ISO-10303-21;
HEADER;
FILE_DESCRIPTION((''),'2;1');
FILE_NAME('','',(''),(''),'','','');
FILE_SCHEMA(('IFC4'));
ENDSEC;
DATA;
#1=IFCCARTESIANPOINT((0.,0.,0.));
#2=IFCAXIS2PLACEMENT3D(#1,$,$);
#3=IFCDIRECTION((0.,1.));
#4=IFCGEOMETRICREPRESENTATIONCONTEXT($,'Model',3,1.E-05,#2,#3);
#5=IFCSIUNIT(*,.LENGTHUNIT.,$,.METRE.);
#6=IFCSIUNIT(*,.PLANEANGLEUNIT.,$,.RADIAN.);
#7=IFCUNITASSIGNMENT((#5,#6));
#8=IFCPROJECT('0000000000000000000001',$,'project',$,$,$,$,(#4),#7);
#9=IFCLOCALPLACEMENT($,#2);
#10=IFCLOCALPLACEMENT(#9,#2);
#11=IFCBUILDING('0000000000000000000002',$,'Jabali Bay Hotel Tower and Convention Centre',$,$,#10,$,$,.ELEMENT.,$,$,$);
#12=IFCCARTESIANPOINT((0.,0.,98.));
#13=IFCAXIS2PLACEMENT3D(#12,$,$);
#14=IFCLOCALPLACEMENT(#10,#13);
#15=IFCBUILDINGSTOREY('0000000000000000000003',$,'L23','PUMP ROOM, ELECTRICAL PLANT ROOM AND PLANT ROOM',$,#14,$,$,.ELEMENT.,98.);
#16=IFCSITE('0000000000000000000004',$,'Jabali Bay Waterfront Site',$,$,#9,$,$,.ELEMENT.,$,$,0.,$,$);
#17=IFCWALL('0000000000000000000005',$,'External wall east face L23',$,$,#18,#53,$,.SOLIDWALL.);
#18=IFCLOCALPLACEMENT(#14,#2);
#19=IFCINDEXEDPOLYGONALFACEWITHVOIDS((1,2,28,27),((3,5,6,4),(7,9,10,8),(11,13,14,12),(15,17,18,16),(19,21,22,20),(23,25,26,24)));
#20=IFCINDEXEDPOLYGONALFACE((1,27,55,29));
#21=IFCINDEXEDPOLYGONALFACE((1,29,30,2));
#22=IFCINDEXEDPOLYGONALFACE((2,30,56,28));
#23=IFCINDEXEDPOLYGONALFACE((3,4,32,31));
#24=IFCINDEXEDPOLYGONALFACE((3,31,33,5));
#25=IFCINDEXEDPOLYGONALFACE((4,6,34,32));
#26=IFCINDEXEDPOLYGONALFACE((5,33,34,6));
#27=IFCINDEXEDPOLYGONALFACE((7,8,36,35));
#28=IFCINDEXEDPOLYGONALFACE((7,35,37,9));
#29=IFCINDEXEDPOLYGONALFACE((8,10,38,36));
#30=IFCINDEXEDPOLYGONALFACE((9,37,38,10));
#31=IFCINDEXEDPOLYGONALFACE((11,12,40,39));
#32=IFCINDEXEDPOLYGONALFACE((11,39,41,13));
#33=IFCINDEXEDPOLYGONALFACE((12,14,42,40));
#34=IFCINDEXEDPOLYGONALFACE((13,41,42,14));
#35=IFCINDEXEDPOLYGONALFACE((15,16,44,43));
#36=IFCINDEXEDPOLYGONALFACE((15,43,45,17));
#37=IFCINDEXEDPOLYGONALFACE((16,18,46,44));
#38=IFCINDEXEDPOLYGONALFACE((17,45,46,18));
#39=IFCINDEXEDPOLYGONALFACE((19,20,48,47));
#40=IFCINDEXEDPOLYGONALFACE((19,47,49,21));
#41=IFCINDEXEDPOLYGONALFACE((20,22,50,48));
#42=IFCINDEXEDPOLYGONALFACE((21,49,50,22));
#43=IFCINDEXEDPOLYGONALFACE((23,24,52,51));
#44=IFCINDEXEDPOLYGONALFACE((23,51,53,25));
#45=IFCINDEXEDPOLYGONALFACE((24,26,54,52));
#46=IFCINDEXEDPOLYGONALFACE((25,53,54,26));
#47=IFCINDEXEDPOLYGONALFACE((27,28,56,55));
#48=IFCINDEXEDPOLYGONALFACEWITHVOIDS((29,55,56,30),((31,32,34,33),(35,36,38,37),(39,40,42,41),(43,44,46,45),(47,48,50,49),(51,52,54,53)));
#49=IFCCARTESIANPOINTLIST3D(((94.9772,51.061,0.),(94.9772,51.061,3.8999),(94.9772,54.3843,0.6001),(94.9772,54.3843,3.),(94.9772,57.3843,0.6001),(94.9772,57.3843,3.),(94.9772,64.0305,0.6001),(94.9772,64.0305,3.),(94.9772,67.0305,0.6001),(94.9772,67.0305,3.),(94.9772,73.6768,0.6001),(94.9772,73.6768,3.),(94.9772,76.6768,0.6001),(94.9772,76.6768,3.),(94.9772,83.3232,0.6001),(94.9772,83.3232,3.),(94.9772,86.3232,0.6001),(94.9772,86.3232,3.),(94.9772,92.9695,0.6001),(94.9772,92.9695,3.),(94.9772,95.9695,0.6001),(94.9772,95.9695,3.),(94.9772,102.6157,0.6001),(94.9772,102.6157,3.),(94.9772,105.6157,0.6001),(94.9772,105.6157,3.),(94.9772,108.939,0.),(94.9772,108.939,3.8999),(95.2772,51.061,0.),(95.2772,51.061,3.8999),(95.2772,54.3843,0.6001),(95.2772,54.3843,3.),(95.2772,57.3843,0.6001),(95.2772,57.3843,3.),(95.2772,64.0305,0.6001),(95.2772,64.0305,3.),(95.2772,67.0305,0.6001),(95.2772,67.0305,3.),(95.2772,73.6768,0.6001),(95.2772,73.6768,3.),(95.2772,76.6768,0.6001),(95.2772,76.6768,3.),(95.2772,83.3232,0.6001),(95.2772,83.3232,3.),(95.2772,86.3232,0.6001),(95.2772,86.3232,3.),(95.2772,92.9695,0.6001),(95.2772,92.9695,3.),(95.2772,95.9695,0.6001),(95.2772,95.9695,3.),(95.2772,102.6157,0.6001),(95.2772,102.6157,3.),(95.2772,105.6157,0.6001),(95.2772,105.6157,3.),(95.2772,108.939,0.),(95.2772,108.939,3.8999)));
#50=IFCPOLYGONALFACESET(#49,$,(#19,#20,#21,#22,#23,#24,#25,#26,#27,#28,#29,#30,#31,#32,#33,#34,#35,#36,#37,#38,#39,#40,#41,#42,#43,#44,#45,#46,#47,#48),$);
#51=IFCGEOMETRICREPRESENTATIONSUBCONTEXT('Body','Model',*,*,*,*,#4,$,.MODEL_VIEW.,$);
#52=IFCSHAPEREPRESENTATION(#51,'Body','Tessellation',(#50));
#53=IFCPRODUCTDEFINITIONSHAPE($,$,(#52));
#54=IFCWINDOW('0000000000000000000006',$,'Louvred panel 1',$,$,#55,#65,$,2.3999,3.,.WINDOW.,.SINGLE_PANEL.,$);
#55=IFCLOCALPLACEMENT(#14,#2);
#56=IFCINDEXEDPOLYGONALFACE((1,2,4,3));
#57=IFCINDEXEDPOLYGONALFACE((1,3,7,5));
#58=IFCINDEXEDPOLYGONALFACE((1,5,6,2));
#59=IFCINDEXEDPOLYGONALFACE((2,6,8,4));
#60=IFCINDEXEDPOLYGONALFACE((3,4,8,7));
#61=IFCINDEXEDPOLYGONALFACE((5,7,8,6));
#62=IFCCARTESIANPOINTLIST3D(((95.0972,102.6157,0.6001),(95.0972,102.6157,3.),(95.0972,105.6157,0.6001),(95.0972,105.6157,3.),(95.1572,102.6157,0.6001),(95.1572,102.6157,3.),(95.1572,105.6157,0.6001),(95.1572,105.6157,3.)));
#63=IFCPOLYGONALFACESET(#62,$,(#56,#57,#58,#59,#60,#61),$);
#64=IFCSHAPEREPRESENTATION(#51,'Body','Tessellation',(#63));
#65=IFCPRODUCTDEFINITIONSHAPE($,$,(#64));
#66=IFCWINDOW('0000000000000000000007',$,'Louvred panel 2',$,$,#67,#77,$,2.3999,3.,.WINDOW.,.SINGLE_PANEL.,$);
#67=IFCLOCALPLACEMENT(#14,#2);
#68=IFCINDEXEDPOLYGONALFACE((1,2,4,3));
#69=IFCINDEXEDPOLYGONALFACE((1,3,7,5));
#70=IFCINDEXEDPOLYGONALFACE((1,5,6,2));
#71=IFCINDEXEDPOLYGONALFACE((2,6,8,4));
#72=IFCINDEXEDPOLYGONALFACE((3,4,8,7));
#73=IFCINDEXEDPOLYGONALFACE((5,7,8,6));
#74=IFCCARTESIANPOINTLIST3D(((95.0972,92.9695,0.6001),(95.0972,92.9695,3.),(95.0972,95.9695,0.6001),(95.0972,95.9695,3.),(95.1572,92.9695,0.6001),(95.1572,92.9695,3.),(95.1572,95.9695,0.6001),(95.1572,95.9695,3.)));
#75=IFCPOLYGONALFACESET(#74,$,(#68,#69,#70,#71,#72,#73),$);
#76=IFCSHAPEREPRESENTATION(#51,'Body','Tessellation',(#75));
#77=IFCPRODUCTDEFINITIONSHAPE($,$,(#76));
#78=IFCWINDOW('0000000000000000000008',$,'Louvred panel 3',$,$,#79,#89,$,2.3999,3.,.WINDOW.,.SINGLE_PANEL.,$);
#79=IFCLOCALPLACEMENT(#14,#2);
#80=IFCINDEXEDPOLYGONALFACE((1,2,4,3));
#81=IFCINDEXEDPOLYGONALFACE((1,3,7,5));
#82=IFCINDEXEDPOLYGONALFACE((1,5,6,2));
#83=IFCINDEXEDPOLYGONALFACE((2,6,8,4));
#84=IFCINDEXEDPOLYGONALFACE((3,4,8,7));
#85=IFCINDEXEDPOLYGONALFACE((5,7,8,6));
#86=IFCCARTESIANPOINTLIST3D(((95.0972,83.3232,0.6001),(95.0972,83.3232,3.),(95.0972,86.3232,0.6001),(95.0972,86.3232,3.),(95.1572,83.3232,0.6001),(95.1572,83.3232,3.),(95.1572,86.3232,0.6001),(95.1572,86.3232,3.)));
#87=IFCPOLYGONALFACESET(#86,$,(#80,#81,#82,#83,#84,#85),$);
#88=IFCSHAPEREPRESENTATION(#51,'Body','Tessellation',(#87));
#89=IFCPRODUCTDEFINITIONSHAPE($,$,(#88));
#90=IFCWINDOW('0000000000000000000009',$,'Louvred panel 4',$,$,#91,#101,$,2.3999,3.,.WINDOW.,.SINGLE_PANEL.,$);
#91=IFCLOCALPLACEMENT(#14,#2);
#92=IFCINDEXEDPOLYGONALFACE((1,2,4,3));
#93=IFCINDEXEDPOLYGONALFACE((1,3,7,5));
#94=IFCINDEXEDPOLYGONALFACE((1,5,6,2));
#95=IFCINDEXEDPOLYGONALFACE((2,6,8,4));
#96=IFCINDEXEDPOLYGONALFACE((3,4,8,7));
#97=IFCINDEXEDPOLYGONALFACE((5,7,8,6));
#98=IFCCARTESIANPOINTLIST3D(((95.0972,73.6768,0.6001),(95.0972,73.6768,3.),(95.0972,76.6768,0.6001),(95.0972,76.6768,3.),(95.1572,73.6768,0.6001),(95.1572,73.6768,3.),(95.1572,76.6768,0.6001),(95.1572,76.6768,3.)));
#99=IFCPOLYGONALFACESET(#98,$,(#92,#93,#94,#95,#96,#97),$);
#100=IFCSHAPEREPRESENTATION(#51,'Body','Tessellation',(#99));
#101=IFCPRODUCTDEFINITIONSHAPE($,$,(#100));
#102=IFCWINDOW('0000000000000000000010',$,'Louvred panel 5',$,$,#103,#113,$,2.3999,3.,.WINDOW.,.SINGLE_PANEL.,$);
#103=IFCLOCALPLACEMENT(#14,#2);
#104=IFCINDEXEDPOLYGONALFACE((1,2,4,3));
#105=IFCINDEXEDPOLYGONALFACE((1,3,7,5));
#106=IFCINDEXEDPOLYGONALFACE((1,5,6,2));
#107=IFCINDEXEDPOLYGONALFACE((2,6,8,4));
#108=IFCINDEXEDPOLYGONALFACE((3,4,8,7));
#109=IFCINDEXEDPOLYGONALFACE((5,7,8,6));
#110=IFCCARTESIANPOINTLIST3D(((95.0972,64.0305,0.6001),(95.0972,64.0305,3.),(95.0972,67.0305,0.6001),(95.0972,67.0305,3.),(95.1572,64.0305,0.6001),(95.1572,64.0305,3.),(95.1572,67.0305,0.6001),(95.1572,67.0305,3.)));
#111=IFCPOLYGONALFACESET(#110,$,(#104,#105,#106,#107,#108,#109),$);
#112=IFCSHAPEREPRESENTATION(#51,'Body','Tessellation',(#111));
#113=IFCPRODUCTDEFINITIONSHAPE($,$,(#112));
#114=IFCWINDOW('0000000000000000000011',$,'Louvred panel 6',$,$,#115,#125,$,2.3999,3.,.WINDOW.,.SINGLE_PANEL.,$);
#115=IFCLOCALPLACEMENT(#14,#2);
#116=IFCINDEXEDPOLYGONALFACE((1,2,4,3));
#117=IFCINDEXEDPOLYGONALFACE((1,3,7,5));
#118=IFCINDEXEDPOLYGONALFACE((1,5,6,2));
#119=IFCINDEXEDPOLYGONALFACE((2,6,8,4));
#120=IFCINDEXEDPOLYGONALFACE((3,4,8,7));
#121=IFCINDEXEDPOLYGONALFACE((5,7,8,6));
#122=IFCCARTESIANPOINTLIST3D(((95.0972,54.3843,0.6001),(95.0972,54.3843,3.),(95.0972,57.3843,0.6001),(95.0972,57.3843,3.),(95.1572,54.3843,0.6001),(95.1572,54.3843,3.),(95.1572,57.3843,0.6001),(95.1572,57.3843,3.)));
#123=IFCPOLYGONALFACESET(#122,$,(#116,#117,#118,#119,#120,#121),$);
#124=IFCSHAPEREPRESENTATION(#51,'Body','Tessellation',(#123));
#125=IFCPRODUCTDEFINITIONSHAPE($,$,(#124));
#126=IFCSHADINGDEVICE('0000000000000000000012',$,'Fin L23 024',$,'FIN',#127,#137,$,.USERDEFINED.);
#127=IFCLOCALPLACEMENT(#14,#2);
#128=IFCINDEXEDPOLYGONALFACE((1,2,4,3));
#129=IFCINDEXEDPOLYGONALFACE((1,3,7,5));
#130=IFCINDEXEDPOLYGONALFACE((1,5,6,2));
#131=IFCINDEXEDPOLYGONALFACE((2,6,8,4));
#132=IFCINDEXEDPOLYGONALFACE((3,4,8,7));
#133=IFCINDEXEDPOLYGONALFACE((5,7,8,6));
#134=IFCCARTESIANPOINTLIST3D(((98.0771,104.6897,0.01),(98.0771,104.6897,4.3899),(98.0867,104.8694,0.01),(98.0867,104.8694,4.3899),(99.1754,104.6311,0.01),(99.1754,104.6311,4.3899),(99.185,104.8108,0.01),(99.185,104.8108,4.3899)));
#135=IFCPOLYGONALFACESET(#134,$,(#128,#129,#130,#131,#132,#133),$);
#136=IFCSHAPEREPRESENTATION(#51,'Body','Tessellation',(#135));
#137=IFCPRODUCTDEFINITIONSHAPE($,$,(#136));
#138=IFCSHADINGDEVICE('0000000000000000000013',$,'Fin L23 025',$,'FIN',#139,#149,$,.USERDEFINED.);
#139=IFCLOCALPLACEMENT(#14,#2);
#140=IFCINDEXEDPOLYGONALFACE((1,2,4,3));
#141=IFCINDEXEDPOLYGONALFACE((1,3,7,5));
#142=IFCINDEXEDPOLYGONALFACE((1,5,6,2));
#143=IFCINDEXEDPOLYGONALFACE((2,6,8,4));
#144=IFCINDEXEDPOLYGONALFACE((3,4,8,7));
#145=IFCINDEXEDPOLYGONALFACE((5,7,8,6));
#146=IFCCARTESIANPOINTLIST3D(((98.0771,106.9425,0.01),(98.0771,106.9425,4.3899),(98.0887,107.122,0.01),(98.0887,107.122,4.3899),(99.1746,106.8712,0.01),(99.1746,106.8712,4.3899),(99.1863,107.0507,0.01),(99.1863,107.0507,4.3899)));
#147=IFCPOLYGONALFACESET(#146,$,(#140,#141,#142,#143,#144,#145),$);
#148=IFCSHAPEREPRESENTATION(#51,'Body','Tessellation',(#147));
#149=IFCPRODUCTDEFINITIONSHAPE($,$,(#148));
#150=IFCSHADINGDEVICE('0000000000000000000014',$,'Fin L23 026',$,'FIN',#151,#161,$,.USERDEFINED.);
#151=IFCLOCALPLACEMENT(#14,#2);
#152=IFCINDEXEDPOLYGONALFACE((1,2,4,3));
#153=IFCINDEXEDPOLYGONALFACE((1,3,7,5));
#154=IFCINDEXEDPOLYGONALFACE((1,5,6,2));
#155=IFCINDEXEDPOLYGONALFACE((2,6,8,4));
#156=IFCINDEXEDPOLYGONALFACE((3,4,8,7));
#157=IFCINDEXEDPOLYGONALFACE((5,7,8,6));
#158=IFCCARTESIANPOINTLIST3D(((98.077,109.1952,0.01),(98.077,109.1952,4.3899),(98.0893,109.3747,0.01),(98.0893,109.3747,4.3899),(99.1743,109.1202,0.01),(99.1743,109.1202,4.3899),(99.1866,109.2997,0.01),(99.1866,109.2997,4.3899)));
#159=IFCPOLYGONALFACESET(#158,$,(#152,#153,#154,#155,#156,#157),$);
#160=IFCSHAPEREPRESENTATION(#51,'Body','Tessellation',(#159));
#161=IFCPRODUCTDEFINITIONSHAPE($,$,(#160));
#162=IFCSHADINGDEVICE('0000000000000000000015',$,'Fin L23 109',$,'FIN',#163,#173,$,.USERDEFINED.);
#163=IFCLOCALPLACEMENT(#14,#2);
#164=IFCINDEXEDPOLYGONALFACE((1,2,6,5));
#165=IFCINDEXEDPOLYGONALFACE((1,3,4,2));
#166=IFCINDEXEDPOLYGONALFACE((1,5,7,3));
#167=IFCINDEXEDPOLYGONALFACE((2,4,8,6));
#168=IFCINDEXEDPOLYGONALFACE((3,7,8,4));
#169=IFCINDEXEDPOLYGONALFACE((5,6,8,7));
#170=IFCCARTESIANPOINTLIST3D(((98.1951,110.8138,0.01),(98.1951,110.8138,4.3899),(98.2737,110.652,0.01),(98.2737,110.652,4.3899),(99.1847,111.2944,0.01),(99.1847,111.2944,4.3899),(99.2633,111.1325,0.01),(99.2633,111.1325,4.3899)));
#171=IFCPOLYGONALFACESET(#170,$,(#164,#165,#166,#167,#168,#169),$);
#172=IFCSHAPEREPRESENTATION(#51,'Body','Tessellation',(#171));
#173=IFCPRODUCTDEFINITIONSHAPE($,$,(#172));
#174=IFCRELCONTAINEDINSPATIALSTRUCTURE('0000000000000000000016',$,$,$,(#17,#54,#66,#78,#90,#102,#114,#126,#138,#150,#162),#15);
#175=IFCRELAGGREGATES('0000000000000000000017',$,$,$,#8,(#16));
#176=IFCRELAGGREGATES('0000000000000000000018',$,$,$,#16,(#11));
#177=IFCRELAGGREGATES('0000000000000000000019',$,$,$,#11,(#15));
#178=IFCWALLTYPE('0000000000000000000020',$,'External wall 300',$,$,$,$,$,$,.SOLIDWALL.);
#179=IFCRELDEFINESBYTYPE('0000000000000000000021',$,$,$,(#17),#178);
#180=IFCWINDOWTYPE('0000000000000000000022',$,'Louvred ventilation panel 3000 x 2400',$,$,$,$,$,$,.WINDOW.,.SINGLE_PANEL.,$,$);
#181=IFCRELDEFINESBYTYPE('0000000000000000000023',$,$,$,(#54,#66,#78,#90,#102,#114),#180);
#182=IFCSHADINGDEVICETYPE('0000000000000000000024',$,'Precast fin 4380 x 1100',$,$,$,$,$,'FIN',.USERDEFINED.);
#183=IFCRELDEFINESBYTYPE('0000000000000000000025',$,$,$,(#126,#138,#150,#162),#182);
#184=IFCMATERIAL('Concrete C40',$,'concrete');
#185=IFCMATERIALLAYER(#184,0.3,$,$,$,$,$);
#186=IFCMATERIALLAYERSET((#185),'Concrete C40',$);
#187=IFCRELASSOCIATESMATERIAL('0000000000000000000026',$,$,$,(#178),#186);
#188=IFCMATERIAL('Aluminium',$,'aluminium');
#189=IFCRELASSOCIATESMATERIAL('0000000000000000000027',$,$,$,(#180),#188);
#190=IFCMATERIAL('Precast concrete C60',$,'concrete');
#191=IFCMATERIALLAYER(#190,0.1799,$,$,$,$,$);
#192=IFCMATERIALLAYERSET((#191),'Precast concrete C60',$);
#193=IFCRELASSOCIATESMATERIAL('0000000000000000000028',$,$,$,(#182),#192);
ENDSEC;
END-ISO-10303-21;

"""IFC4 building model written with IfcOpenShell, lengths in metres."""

from ifc_helpers import new_model, si_unit, direction, frame, frame_2d, origin, place, context, subcontext, project, spatial, rectangle, extrude, material, layer, layer_set, type_object, element, fill, save


model = new_model("IFC4")

# Units and contexts
model_context = context("Model", 3, precision=1e-05, world=origin(), true_north=direction((0.0, 1.0)))
body_context = subcontext(model_context, "Body", "Model", "MODEL_VIEW")
ifc_project = project(units=[si_unit("LENGTHUNIT", "METRE"), si_unit("PLANEANGLEUNIT", "RADIAN")], contexts=[model_context])

# Site, building, storey
site_placement = place(None, origin())
site = spatial("IfcSite", under=ifc_project, at=site_placement, Name="Jabali Bay Waterfront Site", CompositionType="ELEMENT", RefElevation=0.0)
building_placement = place(site_placement, origin())
building = spatial("IfcBuilding", under=site, at=building_placement, Name="Jabali Bay Hotel Tower and Convention Centre", CompositionType="ELEMENT")
storey_placement = place(building_placement, frame((0.0, 0.0, 98.0)))
storey = spatial("IfcBuildingStorey", under=building, at=storey_placement, Name="L23", Description="PUMP ROOM, ELECTRICAL PLANT ROOM AND PLANT ROOM", CompositionType="ELEMENT", Elevation=98.0)

# Wall, openings, windows
ifc_material_1 = material(Name="Concrete C40", Category="concrete")
ifc_layer_1 = layer(ifc_material_1, 0.3)
ifc_layer_set_1 = layer_set([ifc_layer_1], Name="Concrete C40")
wall_type = type_object("IfcWallType", Name="External wall 300", PredefinedType="SOLIDWALL", material=ifc_layer_set_1)
wall_placement = place(storey_placement, frame((95.1272, 108.939, 0.0), z_axis=(0.0, 0.0, 1.0), x_axis=(0.0, -1.0, 0.0)))
wall = element("IfcWall", 1, at=wall_placement, inside=storey, type_object=wall_type, Name="External wall east face L23", PredefinedType="SOLIDWALL", context=body_context, shape_type="SweptSolid", body=[
    extrude(rectangle(XDim=57.8779, YDim=0.3, at=frame_2d((28.939, 0.0))), origin(), (0.0, 0.0, 1.0), 3.8999),
])
opening_1_placement = place(wall_placement, frame((3.3232, 0.0, 0.6001)))
opening_1 = element("IfcOpeningElement", 2, at=opening_1_placement, cuts=wall, PredefinedType="OPENING", context=body_context, shape_type="SweptSolid", body=[
    extrude(rectangle(XDim=3.0, YDim=2.3999, at=frame_2d((1.5, 1.2))), frame((0.0, 0.1606, 0.0), z_axis=(0.0, -1.0, 0.0), x_axis=(1.0, 0.0, 0.0)), (0.0, 0.0, 1.0), 0.321),
])
opening_2_placement = place(wall_placement, frame((12.9695, 0.0, 0.6001)))
opening_2 = element("IfcOpeningElement", 3, at=opening_2_placement, cuts=wall, PredefinedType="OPENING", context=body_context, shape_type="SweptSolid", body=[
    extrude(rectangle(XDim=3.0, YDim=2.3999, at=frame_2d((1.5, 1.2))), frame((0.0, 0.1606, 0.0), z_axis=(0.0, -1.0, 0.0), x_axis=(1.0, 0.0, 0.0)), (0.0, 0.0, 1.0), 0.321),
])
opening_3_placement = place(wall_placement, frame((22.6157, 0.0, 0.6001)))
opening_3 = element("IfcOpeningElement", 4, at=opening_3_placement, cuts=wall, PredefinedType="OPENING", context=body_context, shape_type="SweptSolid", body=[
    extrude(rectangle(XDim=3.0, YDim=2.3999, at=frame_2d((1.5, 1.2))), frame((0.0, 0.1606, 0.0), z_axis=(0.0, -1.0, 0.0), x_axis=(1.0, 0.0, 0.0)), (0.0, 0.0, 1.0), 0.321),
])
opening_4_placement = place(wall_placement, frame((32.2622, 0.0, 0.6001)))
opening_4 = element("IfcOpeningElement", 5, at=opening_4_placement, cuts=wall, PredefinedType="OPENING", context=body_context, shape_type="SweptSolid", body=[
    extrude(rectangle(XDim=3.0, YDim=2.3999, at=frame_2d((1.5, 1.2))), frame((0.0, 0.1606, 0.0), z_axis=(0.0, -1.0, 0.0), x_axis=(1.0, 0.0, 0.0)), (0.0, 0.0, 1.0), 0.321),
])
opening_5_placement = place(wall_placement, frame((41.9084, 0.0, 0.6001)))
opening_5 = element("IfcOpeningElement", 6, at=opening_5_placement, cuts=wall, PredefinedType="OPENING", context=body_context, shape_type="SweptSolid", body=[
    extrude(rectangle(XDim=3.0, YDim=2.3999, at=frame_2d((1.5, 1.2))), frame((0.0, 0.1606, 0.0), z_axis=(0.0, -1.0, 0.0), x_axis=(1.0, 0.0, 0.0)), (0.0, 0.0, 1.0), 0.321),
])
opening_6_placement = place(wall_placement, frame((51.5547, 0.0, 0.6001)))
opening_6 = element("IfcOpeningElement", 7, at=opening_6_placement, cuts=wall, PredefinedType="OPENING", context=body_context, shape_type="SweptSolid", body=[
    extrude(rectangle(XDim=3.0, YDim=2.3999, at=frame_2d((1.5, 1.2))), frame((0.0, 0.1606, 0.0), z_axis=(0.0, -1.0, 0.0), x_axis=(1.0, 0.0, 0.0)), (0.0, 0.0, 1.0), 0.321),
])
ifc_material_2 = material(Name="Aluminium", Category="aluminium")
window_type = type_object("IfcWindowType", Name="Louvred ventilation panel 3000 x 2400", PartitioningType="SINGLE_PANEL", PredefinedType="WINDOW", material=ifc_material_2)
window_1_placement = place(opening_1_placement, origin())
window_1 = element("IfcWindow", 8, at=window_1_placement, inside=storey, type_object=window_type, Name="Louvred panel 1", OverallHeight=2.3999, OverallWidth=3.0, PartitioningType="SINGLE_PANEL", PredefinedType="WINDOW", context=body_context, shape_type="SweptSolid", body=[
    extrude(rectangle(XDim=3.0, YDim=2.3999, at=frame_2d((1.5, 1.2))), frame((0.0, 0.03, 0.0), z_axis=(0.0, -1.0, 0.0), x_axis=(1.0, 0.0, 0.0)), (0.0, 0.0, 1.0), 0.0601),
])
fill(opening_1, window_1)
window_2_placement = place(opening_2_placement, origin())
window_2 = element("IfcWindow", 9, at=window_2_placement, inside=storey, type_object=window_type, Name="Louvred panel 2", OverallHeight=2.3999, OverallWidth=3.0, PartitioningType="SINGLE_PANEL", PredefinedType="WINDOW", context=body_context, shape_type="SweptSolid", body=[
    extrude(rectangle(XDim=3.0, YDim=2.3999, at=frame_2d((1.5, 1.2))), frame((0.0, 0.03, 0.0), z_axis=(0.0, -1.0, 0.0), x_axis=(1.0, 0.0, 0.0)), (0.0, 0.0, 1.0), 0.0601),
])
fill(opening_2, window_2)
window_3_placement = place(opening_3_placement, origin())
window_3 = element("IfcWindow", 10, at=window_3_placement, inside=storey, type_object=window_type, Name="Louvred panel 3", OverallHeight=2.3999, OverallWidth=3.0, PartitioningType="SINGLE_PANEL", PredefinedType="WINDOW", context=body_context, shape_type="SweptSolid", body=[
    extrude(rectangle(XDim=3.0, YDim=2.3999, at=frame_2d((1.5, 1.2))), frame((0.0, 0.03, 0.0), z_axis=(0.0, -1.0, 0.0), x_axis=(1.0, 0.0, 0.0)), (0.0, 0.0, 1.0), 0.0601),
])
fill(opening_3, window_3)
window_4_placement = place(opening_4_placement, origin())
window_4 = element("IfcWindow", 11, at=window_4_placement, inside=storey, type_object=window_type, Name="Louvred panel 4", OverallHeight=2.3999, OverallWidth=3.0, PartitioningType="SINGLE_PANEL", PredefinedType="WINDOW", context=body_context, shape_type="SweptSolid", body=[
    extrude(rectangle(XDim=3.0, YDim=2.3999, at=frame_2d((1.5, 1.2))), frame((0.0, 0.03, 0.0), z_axis=(0.0, -1.0, 0.0), x_axis=(1.0, 0.0, 0.0)), (0.0, 0.0, 1.0), 0.0601),
])
fill(opening_4, window_4)
window_5_placement = place(opening_5_placement, origin())
window_5 = element("IfcWindow", 12, at=window_5_placement, inside=storey, type_object=window_type, Name="Louvred panel 5", OverallHeight=2.3999, OverallWidth=3.0, PartitioningType="SINGLE_PANEL", PredefinedType="WINDOW", context=body_context, shape_type="SweptSolid", body=[
    extrude(rectangle(XDim=3.0, YDim=2.3999, at=frame_2d((1.5, 1.2))), frame((0.0, 0.03, 0.0), z_axis=(0.0, -1.0, 0.0), x_axis=(1.0, 0.0, 0.0)), (0.0, 0.0, 1.0), 0.0601),
])
fill(opening_5, window_5)
window_6_placement = place(opening_6_placement, origin())
window_6 = element("IfcWindow", 13, at=window_6_placement, inside=storey, type_object=window_type, Name="Louvred panel 6", OverallHeight=2.3999, OverallWidth=3.0, PartitioningType="SINGLE_PANEL", PredefinedType="WINDOW", context=body_context, shape_type="SweptSolid", body=[
    extrude(rectangle(XDim=3.0, YDim=2.3999, at=frame_2d((1.5, 1.2))), frame((0.0, 0.03, 0.0), z_axis=(0.0, -1.0, 0.0), x_axis=(1.0, 0.0, 0.0)), (0.0, 0.0, 1.0), 0.0601),
])
fill(opening_6, window_6)

# Shading devices
ifc_material_3 = material(Name="Precast concrete C60", Category="concrete")
ifc_layer_2 = layer(ifc_material_3, 0.1799)
ifc_layer_set_2 = layer_set([ifc_layer_2], Name="Precast concrete C60")
shading_device_type_1 = type_object("IfcShadingDeviceType", Name="Precast fin 4380 x 1100", ElementType="FIN", PredefinedType="USERDEFINED", material=ifc_layer_set_2)
for number, where, z_axis, x_axis, name in (
    (14, (98.082, 104.7795, 0.01), (0.0, 0.0, 1.0), (0.99858, -0.053269, 0.0), "Fin L23 024"),
    (15, (98.083, 107.0322, 0.01), (0.0, 0.0, 1.0), (0.997898, -0.06481, 0.0), "Fin L23 025"),
    (16, (98.0833, 109.2849, 0.01), (0.0, 0.0, 1.0), (0.997676, -0.068139, 0.0), "Fin L23 026"),
):
    element("IfcShadingDevice", number, at=place(storey_placement, frame(where, z_axis=z_axis, x_axis=x_axis)), inside=storey, type_object=shading_device_type_1, Name=name, ObjectType="FIN", PredefinedType="USERDEFINED", context=body_context, shape_type="SweptSolid", body=[
        extrude(rectangle(XDim=1.0999, YDim=0.1799, at=frame_2d((0.5498, 0.0))), origin(), (0.0, 0.0, 1.0), 4.3799),
    ])
shading_device_placement = place(storey_placement, frame((98.2344, 110.7329, 0.01), z_axis=(0.0, 0.0, 1.0), x_axis=(0.89956, 0.436796, 0.0)))
element("IfcShadingDevice", 17, at=shading_device_placement, inside=storey, type_object=shading_device_type_1, Name="Fin L23 109", ObjectType="FIN", PredefinedType="USERDEFINED", context=body_context, shape_type="SweptSolid", body=[
    extrude(rectangle(XDim=1.1001, YDim=0.1799, at=frame_2d((0.55, 0.0))), origin(), (0.0, 0.0, 1.0), 4.3799),
])

save(model, "model.ifc")
